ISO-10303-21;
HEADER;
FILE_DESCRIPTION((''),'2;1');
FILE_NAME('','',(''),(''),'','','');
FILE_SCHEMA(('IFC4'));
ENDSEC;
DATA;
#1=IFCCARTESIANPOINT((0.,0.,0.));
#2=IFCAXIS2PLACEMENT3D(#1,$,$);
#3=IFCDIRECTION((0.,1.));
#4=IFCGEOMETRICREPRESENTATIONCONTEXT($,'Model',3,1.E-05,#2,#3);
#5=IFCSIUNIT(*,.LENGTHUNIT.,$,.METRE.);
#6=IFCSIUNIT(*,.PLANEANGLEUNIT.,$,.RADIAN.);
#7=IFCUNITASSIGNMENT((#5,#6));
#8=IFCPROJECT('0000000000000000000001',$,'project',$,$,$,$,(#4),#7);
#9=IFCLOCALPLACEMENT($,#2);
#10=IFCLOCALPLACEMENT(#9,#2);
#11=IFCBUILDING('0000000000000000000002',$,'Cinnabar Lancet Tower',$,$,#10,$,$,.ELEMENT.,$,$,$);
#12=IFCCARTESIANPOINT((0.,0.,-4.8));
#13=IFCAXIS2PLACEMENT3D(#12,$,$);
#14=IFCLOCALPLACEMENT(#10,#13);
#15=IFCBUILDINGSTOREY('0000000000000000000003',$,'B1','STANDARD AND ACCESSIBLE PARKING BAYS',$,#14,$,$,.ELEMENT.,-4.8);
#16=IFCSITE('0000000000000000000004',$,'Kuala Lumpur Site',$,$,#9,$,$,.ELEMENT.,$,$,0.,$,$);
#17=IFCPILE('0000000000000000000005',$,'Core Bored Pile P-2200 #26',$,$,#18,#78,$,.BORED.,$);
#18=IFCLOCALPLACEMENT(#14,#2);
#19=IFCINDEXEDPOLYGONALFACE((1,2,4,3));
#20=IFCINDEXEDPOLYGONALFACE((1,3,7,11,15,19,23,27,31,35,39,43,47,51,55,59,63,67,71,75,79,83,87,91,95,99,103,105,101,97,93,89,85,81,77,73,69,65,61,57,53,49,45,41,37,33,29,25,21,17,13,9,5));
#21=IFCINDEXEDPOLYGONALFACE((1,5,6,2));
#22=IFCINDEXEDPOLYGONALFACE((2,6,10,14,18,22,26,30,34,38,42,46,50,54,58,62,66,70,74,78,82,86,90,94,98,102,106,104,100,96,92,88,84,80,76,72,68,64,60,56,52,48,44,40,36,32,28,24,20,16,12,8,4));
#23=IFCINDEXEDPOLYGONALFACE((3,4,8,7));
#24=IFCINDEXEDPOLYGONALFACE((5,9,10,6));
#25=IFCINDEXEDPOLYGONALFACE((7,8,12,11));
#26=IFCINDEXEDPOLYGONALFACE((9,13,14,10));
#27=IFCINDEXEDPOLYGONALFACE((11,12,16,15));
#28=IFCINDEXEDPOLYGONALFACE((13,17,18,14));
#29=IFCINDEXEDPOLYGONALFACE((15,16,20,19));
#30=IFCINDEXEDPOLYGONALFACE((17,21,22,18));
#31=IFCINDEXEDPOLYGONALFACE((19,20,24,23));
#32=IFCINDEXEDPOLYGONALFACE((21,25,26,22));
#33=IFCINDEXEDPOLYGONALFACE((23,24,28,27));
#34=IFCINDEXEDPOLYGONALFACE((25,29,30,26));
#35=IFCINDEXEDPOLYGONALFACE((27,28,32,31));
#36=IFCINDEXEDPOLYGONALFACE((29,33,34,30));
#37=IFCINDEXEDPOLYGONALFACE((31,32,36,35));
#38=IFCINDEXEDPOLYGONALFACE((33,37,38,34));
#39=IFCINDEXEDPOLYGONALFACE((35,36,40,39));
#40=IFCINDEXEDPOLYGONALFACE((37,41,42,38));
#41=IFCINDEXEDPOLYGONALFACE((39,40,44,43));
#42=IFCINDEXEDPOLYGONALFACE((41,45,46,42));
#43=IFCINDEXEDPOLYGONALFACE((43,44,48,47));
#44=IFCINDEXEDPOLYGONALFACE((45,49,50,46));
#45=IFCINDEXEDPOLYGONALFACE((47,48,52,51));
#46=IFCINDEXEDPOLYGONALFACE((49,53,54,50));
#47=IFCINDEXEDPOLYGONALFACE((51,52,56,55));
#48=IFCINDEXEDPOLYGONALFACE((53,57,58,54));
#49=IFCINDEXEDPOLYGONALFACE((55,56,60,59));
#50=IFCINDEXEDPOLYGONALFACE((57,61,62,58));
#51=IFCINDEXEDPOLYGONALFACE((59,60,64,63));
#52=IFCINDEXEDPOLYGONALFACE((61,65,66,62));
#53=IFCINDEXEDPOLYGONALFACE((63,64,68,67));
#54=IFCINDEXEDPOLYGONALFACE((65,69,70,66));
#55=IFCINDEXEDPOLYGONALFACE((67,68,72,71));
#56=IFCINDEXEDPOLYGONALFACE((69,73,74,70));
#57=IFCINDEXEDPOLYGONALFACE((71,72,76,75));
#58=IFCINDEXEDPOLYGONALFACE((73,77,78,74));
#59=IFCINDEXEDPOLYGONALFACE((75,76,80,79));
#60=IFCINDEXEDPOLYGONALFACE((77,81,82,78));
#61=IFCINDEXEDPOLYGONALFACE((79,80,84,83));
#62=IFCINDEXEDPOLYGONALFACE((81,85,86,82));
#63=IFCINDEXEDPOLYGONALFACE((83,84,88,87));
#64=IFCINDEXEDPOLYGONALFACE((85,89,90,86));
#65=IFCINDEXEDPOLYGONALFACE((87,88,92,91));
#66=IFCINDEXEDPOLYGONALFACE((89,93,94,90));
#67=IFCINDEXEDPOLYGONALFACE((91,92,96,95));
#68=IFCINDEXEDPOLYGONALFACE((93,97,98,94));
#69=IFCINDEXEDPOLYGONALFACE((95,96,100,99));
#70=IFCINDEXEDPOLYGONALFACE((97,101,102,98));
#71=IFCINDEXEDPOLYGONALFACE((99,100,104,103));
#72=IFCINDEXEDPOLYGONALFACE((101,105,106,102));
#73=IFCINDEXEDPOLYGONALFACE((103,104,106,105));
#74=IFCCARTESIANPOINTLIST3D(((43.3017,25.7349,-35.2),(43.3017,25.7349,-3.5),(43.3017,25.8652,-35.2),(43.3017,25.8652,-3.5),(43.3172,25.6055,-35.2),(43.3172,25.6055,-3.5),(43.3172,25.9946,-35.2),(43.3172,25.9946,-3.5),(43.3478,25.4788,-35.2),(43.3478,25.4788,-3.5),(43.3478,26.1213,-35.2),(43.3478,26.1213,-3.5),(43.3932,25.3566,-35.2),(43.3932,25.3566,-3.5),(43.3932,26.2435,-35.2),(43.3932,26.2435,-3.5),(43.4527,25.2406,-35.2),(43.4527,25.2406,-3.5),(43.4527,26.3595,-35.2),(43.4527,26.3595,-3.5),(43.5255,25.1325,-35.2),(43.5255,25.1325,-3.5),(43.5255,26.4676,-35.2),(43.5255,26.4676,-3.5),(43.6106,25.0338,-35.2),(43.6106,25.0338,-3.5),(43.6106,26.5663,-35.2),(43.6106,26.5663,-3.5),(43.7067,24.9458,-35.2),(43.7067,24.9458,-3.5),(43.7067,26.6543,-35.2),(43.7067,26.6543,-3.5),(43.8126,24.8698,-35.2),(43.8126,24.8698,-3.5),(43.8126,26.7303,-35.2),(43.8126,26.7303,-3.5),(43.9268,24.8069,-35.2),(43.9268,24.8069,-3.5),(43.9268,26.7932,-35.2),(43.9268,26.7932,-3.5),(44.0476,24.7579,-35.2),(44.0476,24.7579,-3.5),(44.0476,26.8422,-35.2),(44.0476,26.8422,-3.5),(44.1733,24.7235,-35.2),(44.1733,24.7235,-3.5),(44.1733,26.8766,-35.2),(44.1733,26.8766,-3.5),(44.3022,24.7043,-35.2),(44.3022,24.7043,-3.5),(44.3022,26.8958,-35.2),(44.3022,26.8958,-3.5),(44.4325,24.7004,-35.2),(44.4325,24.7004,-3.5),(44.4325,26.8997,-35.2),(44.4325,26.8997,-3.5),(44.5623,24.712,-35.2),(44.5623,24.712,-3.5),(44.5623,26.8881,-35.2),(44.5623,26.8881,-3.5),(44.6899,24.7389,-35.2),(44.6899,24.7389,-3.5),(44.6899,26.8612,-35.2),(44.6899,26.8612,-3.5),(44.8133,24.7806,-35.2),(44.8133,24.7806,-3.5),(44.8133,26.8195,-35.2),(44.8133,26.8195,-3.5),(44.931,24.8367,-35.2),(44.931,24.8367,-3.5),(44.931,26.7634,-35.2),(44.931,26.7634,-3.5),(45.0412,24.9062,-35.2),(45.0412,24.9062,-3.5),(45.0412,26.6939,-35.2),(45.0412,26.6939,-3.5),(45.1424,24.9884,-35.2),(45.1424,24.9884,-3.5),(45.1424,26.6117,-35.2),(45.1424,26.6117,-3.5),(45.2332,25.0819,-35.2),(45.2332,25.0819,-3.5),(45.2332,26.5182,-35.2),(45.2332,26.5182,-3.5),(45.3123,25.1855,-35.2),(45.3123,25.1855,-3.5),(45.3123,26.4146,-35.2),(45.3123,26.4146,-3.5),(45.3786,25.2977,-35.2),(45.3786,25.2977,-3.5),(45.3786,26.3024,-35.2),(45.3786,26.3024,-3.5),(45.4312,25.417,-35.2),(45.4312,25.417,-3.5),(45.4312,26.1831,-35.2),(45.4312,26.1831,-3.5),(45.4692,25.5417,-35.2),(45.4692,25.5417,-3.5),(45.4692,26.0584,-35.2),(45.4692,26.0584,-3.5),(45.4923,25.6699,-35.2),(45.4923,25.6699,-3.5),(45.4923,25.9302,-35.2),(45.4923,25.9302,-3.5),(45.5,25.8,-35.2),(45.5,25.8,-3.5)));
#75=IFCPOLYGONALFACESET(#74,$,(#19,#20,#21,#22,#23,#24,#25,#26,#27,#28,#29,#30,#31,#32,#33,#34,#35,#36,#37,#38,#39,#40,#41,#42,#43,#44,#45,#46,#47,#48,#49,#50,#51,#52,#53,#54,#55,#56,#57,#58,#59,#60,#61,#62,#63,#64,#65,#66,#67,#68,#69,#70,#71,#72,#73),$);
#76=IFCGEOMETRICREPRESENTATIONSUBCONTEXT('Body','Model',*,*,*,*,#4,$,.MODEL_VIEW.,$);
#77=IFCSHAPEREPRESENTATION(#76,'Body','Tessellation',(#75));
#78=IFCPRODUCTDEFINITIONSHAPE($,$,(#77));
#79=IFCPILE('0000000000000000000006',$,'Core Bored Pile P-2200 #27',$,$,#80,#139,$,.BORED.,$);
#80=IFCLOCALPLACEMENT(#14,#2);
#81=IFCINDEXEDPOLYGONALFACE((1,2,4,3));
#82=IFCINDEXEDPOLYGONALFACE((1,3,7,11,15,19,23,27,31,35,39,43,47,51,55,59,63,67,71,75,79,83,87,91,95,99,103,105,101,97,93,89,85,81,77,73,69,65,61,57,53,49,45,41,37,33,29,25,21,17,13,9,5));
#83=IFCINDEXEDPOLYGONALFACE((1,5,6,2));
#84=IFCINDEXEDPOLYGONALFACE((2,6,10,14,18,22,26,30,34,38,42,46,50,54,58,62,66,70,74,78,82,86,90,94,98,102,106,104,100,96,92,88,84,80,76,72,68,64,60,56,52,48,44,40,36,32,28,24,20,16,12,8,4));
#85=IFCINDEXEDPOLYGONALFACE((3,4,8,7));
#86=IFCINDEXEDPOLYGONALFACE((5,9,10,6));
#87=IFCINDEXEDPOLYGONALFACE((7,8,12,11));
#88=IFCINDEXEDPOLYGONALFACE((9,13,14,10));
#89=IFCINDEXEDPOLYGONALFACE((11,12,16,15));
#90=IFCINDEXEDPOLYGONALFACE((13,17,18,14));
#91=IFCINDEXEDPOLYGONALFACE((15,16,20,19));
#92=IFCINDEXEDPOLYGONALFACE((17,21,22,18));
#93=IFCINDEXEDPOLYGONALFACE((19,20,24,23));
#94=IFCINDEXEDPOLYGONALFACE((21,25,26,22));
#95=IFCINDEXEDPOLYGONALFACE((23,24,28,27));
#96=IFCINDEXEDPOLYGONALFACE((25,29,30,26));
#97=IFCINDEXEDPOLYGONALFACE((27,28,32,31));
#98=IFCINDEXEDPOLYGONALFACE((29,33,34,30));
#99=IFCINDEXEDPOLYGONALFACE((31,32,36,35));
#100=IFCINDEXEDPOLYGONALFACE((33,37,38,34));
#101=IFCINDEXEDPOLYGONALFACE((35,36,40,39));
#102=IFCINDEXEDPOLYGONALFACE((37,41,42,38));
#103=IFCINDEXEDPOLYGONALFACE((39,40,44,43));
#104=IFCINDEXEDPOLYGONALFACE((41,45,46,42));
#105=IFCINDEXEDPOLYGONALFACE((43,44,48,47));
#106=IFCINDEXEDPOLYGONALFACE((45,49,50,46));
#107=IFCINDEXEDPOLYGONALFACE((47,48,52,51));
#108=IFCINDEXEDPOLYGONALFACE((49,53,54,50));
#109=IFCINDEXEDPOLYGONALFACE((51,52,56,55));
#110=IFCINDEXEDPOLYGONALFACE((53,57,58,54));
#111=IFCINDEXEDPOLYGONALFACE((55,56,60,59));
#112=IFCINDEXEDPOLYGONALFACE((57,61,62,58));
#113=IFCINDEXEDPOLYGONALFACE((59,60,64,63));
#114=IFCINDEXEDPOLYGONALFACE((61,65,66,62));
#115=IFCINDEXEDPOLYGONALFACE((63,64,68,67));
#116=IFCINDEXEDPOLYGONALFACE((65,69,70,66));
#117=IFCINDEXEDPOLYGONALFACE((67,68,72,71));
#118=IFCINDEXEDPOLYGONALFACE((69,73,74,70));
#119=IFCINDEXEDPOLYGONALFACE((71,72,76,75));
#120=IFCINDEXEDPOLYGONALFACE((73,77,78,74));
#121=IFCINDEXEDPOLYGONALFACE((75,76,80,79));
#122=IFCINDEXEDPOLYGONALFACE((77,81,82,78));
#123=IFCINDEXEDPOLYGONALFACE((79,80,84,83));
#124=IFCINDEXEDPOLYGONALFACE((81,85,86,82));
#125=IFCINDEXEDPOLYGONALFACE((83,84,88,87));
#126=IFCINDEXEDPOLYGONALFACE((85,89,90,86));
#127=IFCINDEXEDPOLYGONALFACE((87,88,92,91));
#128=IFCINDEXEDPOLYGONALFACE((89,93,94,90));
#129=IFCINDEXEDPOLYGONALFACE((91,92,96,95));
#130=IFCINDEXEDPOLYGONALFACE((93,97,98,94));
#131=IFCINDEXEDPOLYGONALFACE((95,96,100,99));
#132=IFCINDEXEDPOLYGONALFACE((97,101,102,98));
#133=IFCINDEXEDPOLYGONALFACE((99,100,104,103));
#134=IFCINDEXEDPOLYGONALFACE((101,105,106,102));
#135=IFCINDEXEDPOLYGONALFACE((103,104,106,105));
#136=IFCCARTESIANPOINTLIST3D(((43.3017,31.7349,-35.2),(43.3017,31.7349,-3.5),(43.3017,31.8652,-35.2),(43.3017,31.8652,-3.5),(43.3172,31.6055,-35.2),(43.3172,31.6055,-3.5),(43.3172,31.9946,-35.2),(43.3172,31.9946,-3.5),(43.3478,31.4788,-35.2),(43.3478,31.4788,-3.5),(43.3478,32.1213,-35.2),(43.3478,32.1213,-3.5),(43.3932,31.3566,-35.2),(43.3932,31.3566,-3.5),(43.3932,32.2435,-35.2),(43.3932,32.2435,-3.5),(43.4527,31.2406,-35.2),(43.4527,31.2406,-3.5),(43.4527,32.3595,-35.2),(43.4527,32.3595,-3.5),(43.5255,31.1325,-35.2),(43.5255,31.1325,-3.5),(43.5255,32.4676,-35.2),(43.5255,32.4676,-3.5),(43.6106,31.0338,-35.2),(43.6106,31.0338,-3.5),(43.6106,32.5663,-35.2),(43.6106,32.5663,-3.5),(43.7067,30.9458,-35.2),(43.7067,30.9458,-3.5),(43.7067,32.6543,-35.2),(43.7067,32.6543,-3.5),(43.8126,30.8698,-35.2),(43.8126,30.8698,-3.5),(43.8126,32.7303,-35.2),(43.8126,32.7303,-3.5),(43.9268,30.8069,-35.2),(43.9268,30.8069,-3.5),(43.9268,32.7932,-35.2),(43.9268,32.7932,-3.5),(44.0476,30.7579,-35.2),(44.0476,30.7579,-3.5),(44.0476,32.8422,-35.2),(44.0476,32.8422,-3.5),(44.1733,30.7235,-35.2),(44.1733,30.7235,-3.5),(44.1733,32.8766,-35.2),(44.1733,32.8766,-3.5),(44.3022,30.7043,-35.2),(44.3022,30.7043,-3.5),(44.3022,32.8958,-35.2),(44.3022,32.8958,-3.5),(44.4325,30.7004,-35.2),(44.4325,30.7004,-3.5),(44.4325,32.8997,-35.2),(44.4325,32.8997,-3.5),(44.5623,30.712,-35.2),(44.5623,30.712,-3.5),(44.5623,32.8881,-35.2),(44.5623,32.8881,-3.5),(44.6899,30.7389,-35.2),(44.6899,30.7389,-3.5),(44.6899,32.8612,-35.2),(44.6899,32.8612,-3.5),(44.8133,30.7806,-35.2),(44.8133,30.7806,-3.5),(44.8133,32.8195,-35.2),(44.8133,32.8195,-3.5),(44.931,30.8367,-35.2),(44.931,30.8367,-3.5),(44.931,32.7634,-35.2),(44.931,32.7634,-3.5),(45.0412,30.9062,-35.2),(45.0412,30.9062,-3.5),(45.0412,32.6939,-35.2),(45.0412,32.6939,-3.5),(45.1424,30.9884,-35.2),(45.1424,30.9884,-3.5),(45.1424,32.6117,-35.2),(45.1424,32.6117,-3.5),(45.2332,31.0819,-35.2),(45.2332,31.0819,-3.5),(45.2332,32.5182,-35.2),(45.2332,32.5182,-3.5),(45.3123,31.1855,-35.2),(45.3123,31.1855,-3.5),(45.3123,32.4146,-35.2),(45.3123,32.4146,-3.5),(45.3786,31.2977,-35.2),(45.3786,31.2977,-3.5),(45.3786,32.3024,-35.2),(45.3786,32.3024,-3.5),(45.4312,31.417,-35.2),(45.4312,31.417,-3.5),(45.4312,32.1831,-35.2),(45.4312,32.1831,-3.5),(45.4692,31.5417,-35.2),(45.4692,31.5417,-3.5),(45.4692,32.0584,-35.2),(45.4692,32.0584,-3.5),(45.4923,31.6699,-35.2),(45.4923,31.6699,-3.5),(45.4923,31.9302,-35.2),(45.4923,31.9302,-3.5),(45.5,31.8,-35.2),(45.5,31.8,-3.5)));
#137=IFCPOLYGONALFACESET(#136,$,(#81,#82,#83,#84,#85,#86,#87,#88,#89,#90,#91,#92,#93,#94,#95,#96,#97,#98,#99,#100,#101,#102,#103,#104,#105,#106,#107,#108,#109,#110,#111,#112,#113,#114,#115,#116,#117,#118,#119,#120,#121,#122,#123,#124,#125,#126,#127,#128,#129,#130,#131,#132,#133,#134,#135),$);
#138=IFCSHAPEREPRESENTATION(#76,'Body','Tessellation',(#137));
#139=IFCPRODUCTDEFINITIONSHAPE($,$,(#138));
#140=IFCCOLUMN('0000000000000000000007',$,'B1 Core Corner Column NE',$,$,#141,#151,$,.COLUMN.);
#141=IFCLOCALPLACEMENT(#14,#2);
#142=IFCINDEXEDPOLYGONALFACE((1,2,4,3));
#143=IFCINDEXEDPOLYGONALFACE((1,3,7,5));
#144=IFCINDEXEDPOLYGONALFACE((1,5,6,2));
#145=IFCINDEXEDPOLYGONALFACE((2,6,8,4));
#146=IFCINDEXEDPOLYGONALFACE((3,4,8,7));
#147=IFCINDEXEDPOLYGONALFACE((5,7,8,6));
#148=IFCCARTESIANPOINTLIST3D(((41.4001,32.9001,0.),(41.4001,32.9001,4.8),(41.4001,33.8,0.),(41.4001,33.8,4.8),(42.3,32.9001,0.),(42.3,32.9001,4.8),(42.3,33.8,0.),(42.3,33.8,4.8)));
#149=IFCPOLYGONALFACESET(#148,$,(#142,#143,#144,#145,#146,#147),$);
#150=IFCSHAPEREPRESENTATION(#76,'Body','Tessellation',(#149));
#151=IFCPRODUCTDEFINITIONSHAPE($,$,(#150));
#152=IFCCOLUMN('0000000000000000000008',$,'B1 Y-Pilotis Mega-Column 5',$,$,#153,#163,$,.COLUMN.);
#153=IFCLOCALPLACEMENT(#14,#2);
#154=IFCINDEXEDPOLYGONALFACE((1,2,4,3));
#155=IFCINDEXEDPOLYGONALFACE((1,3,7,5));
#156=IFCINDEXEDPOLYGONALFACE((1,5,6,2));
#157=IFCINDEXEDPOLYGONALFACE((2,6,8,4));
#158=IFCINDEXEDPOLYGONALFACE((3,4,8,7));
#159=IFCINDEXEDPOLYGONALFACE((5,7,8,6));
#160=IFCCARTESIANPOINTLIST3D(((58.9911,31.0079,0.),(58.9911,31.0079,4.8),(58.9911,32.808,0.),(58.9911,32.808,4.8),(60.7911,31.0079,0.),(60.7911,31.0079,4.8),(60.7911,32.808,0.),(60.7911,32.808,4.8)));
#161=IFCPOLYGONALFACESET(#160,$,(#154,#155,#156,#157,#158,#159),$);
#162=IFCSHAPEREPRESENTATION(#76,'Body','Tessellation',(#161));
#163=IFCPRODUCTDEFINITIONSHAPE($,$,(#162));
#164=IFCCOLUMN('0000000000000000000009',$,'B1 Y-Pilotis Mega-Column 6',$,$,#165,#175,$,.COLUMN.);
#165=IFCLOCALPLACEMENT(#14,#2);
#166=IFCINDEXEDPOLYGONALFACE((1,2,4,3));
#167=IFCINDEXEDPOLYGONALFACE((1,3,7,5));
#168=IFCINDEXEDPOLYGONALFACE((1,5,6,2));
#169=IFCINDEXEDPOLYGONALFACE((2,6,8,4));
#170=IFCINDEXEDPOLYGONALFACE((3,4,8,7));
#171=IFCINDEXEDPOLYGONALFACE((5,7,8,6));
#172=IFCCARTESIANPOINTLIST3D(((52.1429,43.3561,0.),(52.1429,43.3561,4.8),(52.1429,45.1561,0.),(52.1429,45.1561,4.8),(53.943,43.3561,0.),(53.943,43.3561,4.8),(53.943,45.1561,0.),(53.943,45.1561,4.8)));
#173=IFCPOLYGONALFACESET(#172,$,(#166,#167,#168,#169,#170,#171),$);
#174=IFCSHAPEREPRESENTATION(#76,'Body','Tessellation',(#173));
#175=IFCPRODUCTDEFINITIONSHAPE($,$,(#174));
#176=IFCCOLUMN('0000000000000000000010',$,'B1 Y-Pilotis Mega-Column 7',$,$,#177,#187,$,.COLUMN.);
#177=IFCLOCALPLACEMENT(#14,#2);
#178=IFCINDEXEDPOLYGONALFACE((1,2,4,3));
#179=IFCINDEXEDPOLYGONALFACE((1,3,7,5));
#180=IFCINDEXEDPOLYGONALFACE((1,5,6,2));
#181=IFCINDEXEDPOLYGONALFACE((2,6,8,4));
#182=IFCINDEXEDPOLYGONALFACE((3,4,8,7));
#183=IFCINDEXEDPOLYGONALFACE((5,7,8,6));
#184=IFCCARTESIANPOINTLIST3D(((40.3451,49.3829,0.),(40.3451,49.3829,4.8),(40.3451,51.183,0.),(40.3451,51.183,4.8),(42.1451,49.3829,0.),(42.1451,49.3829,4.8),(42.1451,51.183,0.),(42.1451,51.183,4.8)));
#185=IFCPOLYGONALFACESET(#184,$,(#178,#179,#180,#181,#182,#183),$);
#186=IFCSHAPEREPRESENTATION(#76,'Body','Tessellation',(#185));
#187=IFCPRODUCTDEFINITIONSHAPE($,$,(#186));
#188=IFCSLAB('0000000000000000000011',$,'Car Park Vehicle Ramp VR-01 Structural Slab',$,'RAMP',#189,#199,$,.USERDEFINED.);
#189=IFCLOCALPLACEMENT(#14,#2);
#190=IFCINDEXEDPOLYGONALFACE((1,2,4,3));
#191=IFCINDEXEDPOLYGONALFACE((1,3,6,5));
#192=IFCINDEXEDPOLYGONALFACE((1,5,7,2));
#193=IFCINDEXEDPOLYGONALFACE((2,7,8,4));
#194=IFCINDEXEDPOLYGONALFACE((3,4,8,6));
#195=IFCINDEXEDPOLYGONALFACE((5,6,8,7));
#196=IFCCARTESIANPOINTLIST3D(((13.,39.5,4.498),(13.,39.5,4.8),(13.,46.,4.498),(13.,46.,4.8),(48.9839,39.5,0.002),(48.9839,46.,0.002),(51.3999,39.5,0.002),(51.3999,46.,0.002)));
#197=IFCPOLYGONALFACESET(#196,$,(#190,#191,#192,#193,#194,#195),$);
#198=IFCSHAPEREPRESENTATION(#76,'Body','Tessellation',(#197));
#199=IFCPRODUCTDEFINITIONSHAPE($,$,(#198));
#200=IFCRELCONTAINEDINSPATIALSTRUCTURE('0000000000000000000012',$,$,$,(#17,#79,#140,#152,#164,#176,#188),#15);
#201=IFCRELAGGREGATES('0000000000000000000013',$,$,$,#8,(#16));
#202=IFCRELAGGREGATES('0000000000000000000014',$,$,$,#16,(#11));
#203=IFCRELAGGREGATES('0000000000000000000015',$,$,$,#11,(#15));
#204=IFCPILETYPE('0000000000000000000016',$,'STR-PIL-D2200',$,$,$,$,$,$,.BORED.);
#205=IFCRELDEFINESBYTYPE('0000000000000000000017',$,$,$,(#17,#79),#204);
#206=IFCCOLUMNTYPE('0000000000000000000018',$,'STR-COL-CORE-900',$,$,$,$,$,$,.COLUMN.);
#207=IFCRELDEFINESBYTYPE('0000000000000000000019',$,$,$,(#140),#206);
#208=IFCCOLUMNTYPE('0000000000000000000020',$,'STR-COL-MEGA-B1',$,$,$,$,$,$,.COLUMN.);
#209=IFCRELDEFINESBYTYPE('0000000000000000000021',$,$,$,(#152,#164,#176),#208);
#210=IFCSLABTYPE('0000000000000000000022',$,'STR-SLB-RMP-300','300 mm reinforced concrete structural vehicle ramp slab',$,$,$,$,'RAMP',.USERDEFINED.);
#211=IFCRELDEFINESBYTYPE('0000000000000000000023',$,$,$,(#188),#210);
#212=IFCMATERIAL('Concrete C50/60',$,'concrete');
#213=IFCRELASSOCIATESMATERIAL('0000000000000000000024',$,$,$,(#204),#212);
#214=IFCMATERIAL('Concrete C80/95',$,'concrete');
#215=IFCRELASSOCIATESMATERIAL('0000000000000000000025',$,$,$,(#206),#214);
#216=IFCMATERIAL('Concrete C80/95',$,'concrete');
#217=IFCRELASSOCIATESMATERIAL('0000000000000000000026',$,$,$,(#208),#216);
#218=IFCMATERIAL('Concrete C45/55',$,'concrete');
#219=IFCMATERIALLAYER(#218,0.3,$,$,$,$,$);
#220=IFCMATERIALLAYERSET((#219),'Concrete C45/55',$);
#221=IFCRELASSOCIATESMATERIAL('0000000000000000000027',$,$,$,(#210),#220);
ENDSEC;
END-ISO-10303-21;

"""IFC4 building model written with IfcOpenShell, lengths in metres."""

from ifc_helpers import new_model, si_unit, direction, frame, origin, origin_2d, place, context, subcontext, project, spatial, polyline, rectangle, circle, outline, extrude, material, layer, layer_set, material_profile, profile_set, type_object, element, save


model = new_model("IFC4")

# Units and contexts
model_context = context("Model", 3, precision=1e-05, world=origin(), true_north=direction((0.0, 1.0)))
body_context = subcontext(model_context, "Body", "Model", "MODEL_VIEW")
ifc_project = project(units=[si_unit("LENGTHUNIT", "METRE"), si_unit("PLANEANGLEUNIT", "RADIAN")], contexts=[model_context])

# Site, building, storey
site_placement = place(None, origin())
site = spatial("IfcSite", under=ifc_project, at=site_placement, Name="Kuala Lumpur Site", CompositionType="ELEMENT", RefElevation=0.0)
building_placement = place(site_placement, origin())
building = spatial("IfcBuilding", under=site, at=building_placement, Name="Cinnabar Lancet Tower", CompositionType="ELEMENT")
storey_placement = place(building_placement, frame((0.0, 0.0, -4.8)))
storey = spatial("IfcBuildingStorey", under=building, at=storey_placement, Name="B1", Description="STANDARD AND ACCESSIBLE PARKING BAYS", CompositionType="ELEMENT", Elevation=-4.8)

# Piles
ifc_material_1 = material(Name="Concrete C50/60", Category="concrete")
ifc_material_profile_1 = material_profile(ifc_material_1, circle(Radius=1.1001, at=origin_2d()), Name="PILE D2200")
ifc_profile_set_1 = profile_set([ifc_material_profile_1], Name="Concrete C50/60")
pile_type_1 = type_object("IfcPileType", Name="STR-PIL-D2200", PredefinedType="BORED", material=ifc_profile_set_1)
for number, where, z_axis, x_axis, name in (
    (1, (44.3999, 25.8, -3.5), (0.0, 0.0, -1.0), (1.0, 0.0, 0.0), "Core Bored Pile P-2200 #26"),
    (2, (44.3999, 31.8, -3.5), (0.0, 0.0, -1.0), (1.0, 0.0, 0.0), "Core Bored Pile P-2200 #27"),
):
    element("IfcPile", number, at=place(storey_placement, frame(where, z_axis=z_axis, x_axis=x_axis)), inside=storey, type_object=pile_type_1, Name=name, PredefinedType="BORED", context=body_context, shape_type="SweptSolid", body=[
        extrude(circle(Radius=1.1001, at=origin_2d()), origin(), (0.0, 0.0, 1.0), 31.7),
    ])

# Columns
ifc_material_2 = material(Name="Concrete C80/95", Category="concrete")
ifc_material_profile_2 = material_profile(ifc_material_2, rectangle(XDim=0.8999, YDim=0.8999, at=origin_2d()), Name="RC-COL 900x900")
ifc_profile_set_2 = profile_set([ifc_material_profile_2], Name="Concrete C80/95")
column_type_1 = type_object("IfcColumnType", Name="STR-COL-CORE-900", PredefinedType="COLUMN", material=ifc_profile_set_2)
column_placement = place(storey_placement, frame((41.8501, 33.3501, 0.0), z_axis=(0.0, 0.0, 1.0), x_axis=(1.0, 0.0, 0.0)))
element("IfcColumn", 3, at=column_placement, inside=storey, type_object=column_type_1, Name="B1 Core Corner Column NE", PredefinedType="COLUMN", context=body_context, shape_type="SweptSolid", body=[
    extrude(rectangle(XDim=0.8999, YDim=0.8999, at=origin_2d()), origin(), (0.0, 0.0, 1.0), 4.8),
])
ifc_material_3 = material(Name="Concrete C80/95", Category="concrete")
ifc_material_profile_3 = material_profile(ifc_material_3, rectangle(XDim=1.8, YDim=1.8, at=origin_2d()), Name="RC-MEGA 1800x1800")
ifc_profile_set_3 = profile_set([ifc_material_profile_3], Name="Concrete C80/95")
column_type_2 = type_object("IfcColumnType", Name="STR-COL-MEGA-B1", PredefinedType="COLUMN", material=ifc_profile_set_3)
for number, where, z_axis, x_axis, name in (
    (4, (59.8911, 31.908, 0.0), (0.0, 0.0, 1.0), (1.0, 0.0, 0.0), "B1 Y-Pilotis Mega-Column 5"),
    (5, (53.043, 44.2561, 0.0), (0.0, 0.0, 1.0), (1.0, 0.0, 0.0), "B1 Y-Pilotis Mega-Column 6"),
    (6, (41.2451, 50.283, 0.0), (0.0, 0.0, 1.0), (1.0, 0.0, 0.0), "B1 Y-Pilotis Mega-Column 7"),
):
    element("IfcColumn", number, at=place(storey_placement, frame(where, z_axis=z_axis, x_axis=x_axis)), inside=storey, type_object=column_type_2, Name=name, PredefinedType="COLUMN", context=body_context, shape_type="SweptSolid", body=[
        extrude(rectangle(XDim=1.8, YDim=1.8, at=origin_2d()), origin(), (0.0, 0.0, 1.0), 4.8),
    ])

# Slab
ifc_material_4 = material(Name="Concrete C45/55", Category="concrete")
ifc_layer_1 = layer(ifc_material_4, 0.3)
ifc_layer_set_1 = layer_set([ifc_layer_1], Name="Concrete C45/55")
slab_type = type_object("IfcSlabType", Name="STR-SLB-RMP-300", Description="300 mm reinforced concrete structural vehicle ramp slab", ElementType="RAMP", PredefinedType="USERDEFINED", material=ifc_layer_set_1)
slab_placement = place(storey_placement, frame((51.3999, 39.5, 0.0), z_axis=(0.0, 1.0, 0.0), x_axis=(-1.0, 0.0, 0.0)))
element("IfcSlab", 7, at=slab_placement, inside=storey, type_object=slab_type, Name="Car Park Vehicle Ramp VR-01 Structural Slab", ObjectType="RAMP", PredefinedType="USERDEFINED", context=body_context, shape_type="SweptSolid", body=[
    extrude(outline(polyline([(0.0, 0.002), (2.416, 0.002), (38.3999, 4.498), (38.3999, 4.8), (0.0, 0.002)])), origin(), (0.0, 0.0, 1.0), 6.5),
])

save(model, "model.ifc")
